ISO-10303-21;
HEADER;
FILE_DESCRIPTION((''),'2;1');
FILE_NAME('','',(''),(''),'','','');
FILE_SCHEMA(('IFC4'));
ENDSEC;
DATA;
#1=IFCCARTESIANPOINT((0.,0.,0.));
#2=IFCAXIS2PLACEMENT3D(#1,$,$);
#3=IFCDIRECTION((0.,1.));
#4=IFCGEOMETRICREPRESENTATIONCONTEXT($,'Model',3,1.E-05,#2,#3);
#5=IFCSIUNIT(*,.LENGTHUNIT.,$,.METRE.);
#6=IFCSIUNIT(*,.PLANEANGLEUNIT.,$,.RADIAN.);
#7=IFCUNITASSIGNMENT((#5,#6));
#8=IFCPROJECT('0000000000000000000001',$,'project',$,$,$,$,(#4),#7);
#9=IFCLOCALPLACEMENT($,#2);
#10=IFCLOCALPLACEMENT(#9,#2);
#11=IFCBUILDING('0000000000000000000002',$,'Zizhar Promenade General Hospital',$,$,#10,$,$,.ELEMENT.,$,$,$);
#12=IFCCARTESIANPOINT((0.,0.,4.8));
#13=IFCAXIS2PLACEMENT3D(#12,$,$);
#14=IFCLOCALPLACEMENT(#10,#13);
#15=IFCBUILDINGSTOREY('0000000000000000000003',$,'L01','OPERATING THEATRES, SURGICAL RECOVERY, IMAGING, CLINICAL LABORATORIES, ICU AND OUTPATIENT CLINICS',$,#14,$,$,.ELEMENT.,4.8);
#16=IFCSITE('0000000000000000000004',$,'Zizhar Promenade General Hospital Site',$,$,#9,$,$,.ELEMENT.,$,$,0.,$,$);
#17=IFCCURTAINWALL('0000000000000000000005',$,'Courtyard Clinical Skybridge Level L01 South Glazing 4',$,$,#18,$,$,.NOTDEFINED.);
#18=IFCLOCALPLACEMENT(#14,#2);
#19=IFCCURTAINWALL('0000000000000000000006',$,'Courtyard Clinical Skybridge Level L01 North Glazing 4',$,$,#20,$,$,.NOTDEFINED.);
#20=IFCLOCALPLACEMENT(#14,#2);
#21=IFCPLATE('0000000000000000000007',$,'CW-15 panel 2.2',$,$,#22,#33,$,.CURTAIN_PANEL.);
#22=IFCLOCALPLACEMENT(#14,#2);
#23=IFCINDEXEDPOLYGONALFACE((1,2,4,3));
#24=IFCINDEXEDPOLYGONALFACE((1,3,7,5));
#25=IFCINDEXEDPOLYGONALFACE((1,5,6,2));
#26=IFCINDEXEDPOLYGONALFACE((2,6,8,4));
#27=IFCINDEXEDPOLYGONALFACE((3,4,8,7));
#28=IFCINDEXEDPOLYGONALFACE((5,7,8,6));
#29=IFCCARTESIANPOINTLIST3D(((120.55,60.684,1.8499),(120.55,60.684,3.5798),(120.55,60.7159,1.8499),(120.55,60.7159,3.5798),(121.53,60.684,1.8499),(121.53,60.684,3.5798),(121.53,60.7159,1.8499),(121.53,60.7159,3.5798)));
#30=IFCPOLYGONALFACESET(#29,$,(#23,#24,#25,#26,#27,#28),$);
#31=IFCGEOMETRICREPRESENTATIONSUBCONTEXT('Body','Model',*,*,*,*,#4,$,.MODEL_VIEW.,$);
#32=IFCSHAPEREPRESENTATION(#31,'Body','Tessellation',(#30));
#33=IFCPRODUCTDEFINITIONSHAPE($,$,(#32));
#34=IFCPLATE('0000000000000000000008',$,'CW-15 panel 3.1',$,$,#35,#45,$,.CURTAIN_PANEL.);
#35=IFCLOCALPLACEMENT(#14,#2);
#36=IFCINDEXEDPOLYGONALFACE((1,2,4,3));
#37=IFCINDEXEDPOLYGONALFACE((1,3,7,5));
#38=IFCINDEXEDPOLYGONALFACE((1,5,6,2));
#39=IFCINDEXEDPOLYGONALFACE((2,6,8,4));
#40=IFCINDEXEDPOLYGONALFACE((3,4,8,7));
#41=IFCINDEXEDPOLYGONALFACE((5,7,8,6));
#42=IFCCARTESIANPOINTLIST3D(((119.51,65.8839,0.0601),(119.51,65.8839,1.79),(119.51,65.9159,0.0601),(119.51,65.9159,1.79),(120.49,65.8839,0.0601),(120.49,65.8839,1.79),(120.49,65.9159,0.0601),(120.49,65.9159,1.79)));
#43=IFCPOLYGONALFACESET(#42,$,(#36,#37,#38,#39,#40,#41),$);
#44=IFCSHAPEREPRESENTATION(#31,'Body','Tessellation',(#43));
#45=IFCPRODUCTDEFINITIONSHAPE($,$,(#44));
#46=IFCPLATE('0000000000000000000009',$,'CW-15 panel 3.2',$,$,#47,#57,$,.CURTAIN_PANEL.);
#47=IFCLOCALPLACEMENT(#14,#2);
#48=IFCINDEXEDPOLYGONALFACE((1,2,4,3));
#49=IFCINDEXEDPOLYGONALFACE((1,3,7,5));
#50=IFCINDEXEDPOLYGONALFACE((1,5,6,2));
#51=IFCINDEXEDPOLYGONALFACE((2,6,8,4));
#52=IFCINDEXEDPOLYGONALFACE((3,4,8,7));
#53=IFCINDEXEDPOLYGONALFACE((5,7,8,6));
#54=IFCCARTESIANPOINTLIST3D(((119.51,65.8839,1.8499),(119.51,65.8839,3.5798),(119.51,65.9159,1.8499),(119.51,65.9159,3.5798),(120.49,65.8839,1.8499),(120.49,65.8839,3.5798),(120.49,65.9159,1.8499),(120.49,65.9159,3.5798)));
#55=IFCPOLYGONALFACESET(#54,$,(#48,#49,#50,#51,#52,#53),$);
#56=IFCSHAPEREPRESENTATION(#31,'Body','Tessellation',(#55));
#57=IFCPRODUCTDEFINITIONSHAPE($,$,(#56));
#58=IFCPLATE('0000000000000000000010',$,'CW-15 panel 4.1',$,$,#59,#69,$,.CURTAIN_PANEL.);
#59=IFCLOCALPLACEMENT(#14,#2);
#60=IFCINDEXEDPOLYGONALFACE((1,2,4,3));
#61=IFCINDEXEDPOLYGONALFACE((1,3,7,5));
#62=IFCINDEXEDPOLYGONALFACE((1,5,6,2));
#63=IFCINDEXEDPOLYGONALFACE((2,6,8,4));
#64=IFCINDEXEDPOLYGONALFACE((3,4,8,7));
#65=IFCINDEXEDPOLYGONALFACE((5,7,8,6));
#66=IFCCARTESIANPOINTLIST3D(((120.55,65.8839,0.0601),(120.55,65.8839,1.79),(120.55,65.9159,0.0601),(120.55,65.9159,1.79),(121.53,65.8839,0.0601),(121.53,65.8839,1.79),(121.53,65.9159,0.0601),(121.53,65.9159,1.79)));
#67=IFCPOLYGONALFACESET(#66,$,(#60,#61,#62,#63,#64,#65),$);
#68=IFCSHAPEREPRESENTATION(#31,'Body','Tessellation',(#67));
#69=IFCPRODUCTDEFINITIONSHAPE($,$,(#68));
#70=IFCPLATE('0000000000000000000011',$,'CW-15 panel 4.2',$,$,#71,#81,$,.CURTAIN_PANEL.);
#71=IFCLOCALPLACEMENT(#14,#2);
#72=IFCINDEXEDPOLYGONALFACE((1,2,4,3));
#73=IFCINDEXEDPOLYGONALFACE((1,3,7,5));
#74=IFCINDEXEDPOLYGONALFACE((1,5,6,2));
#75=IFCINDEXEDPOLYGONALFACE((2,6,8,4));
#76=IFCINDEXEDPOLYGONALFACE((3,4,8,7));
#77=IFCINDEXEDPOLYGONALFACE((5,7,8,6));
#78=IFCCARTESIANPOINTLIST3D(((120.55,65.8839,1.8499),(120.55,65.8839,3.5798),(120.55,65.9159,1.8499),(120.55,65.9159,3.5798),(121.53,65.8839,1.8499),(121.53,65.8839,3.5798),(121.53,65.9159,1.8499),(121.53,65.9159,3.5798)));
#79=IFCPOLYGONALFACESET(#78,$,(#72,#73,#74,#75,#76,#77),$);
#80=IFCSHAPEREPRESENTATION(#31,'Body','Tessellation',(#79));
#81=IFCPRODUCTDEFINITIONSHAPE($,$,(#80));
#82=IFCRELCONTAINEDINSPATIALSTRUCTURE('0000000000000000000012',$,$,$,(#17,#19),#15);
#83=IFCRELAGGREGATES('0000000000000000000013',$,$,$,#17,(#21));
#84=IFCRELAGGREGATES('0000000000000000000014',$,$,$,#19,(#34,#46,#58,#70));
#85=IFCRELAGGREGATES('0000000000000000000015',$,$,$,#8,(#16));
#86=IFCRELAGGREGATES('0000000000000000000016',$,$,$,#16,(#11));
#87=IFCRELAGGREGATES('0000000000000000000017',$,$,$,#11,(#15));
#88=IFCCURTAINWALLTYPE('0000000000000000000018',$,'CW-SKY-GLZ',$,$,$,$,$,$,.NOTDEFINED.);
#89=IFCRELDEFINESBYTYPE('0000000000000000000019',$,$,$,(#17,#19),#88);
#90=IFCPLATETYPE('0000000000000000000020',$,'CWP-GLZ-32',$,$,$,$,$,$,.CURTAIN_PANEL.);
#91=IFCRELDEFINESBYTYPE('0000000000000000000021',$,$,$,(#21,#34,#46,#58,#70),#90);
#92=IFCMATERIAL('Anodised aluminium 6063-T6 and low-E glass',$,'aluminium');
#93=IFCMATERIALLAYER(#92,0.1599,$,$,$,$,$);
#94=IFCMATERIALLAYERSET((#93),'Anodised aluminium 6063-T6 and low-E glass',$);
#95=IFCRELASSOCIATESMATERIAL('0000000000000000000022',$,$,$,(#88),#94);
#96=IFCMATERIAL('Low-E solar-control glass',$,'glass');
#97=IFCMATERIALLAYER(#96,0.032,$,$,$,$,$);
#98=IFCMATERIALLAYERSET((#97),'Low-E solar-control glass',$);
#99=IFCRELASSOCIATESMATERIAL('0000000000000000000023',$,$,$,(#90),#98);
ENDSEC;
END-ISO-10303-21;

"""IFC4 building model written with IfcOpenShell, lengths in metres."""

from ifc_helpers import new_model, si_unit, direction, frame, origin, origin_2d, place, context, subcontext, project, spatial, rectangle, extrude, material, layer, layer_set, type_object, element, aggregate, save


model = new_model("IFC4")

# Units and contexts
model_context = context("Model", 3, precision=1e-05, world=origin(), true_north=direction((0.0, 1.0)))
body_context = subcontext(model_context, "Body", "Model", "MODEL_VIEW")
ifc_project = project(units=[si_unit("LENGTHUNIT", "METRE"), si_unit("PLANEANGLEUNIT", "RADIAN")], contexts=[model_context])

# Site, building, storey
site_placement = place(None, origin())
site = spatial("IfcSite", under=ifc_project, at=site_placement, Name="Zizhar Promenade General Hospital Site", CompositionType="ELEMENT", RefElevation=0.0)
building_placement = place(site_placement, origin())
building = spatial("IfcBuilding", under=site, at=building_placement, Name="Zizhar Promenade General Hospital", CompositionType="ELEMENT")
storey_placement = place(building_placement, frame((0.0, 0.0, 4.8)))
storey = spatial("IfcBuildingStorey", under=building, at=storey_placement, Name="L01", Description="OPERATING THEATRES, SURGICAL RECOVERY, IMAGING, CLINICAL LABORATORIES, ICU AND OUTPATIENT CLINICS", CompositionType="ELEMENT", Elevation=4.8)

# Curtain walls
ifc_material_1 = material(Name="Anodised aluminium 6063-T6 and low-E glass", Category="aluminium")
ifc_layer_1 = layer(ifc_material_1, 0.1599)
ifc_layer_set_1 = layer_set([ifc_layer_1], Name="Anodised aluminium 6063-T6 and low-E glass")
curtain_wall_type = type_object("IfcCurtainWallType", Name="CW-SKY-GLZ", PredefinedType="NOTDEFINED", material=ifc_layer_set_1)
curtain_wall_1_placement = place(storey_placement, origin())
curtain_wall_1 = element("IfcCurtainWall", 1, at=curtain_wall_1_placement, inside=storey, type_object=curtain_wall_type, Name="Courtyard Clinical Skybridge Level L01 South Glazing 4", PredefinedType="NOTDEFINED")
curtain_wall_2_placement = place(storey_placement, origin())
curtain_wall_2 = element("IfcCurtainWall", 2, at=curtain_wall_2_placement, inside=storey, type_object=curtain_wall_type, Name="Courtyard Clinical Skybridge Level L01 North Glazing 4", PredefinedType="NOTDEFINED")

# Plates
ifc_material_2 = material(Name="Low-E solar-control glass", Category="glass")
ifc_layer_2 = layer(ifc_material_2, 0.032)
ifc_layer_set_2 = layer_set([ifc_layer_2], Name="Low-E solar-control glass")
plate_type = type_object("IfcPlateType", Name="CWP-GLZ-32", PredefinedType="CURTAIN_PANEL", material=ifc_layer_set_2)
plate_1_placement = place(storey_placement, frame((121.04, 60.7, 1.8499), z_axis=(0.0, 0.0, 1.0), x_axis=(-1.0, 0.0, 0.0)))
plate_1 = element("IfcPlate", 3, at=plate_1_placement, type_object=plate_type, Name="CW-15 panel 2.2", PredefinedType="CURTAIN_PANEL", context=body_context, shape_type="SweptSolid", body=[
    extrude(rectangle(XDim=0.98, YDim=0.032, at=origin_2d()), origin(), (0.0, 0.0, 1.0), 1.73),
])
aggregate(curtain_wall_1, [plate_1])
plate_2_placement = place(storey_placement, frame((120.0, 65.8999, 0.0601), z_axis=(0.0, 0.0, 1.0), x_axis=(1.0, 0.0, 0.0)))
plate_2 = element("IfcPlate", 4, at=plate_2_placement, type_object=plate_type, Name="CW-15 panel 3.1", PredefinedType="CURTAIN_PANEL", context=body_context, shape_type="SweptSolid", body=[
    extrude(rectangle(XDim=0.98, YDim=0.032, at=origin_2d()), origin(), (0.0, 0.0, 1.0), 1.73),
])
plate_3_placement = place(storey_placement, frame((120.0, 65.8999, 1.8499), z_axis=(0.0, 0.0, 1.0), x_axis=(1.0, 0.0, 0.0)))
plate_3 = element("IfcPlate", 5, at=plate_3_placement, type_object=plate_type, Name="CW-15 panel 3.2", PredefinedType="CURTAIN_PANEL", context=body_context, shape_type="SweptSolid", body=[
    extrude(rectangle(XDim=0.98, YDim=0.032, at=origin_2d()), origin(), (0.0, 0.0, 1.0), 1.73),
])
plate_4_placement = place(storey_placement, frame((121.04, 65.8999, 0.0601), z_axis=(0.0, 0.0, 1.0), x_axis=(1.0, 0.0, 0.0)))
plate_4 = element("IfcPlate", 6, at=plate_4_placement, type_object=plate_type, Name="CW-15 panel 4.1", PredefinedType="CURTAIN_PANEL", context=body_context, shape_type="SweptSolid", body=[
    extrude(rectangle(XDim=0.98, YDim=0.032, at=origin_2d()), origin(), (0.0, 0.0, 1.0), 1.73),
])
plate_5_placement = place(storey_placement, frame((121.04, 65.8999, 1.8499), z_axis=(0.0, 0.0, 1.0), x_axis=(1.0, 0.0, 0.0)))
plate_5 = element("IfcPlate", 7, at=plate_5_placement, type_object=plate_type, Name="CW-15 panel 4.2", PredefinedType="CURTAIN_PANEL", context=body_context, shape_type="SweptSolid", body=[
    extrude(rectangle(XDim=0.98, YDim=0.032, at=origin_2d()), origin(), (0.0, 0.0, 1.0), 1.73),
])
aggregate(curtain_wall_2, [plate_2, plate_3, plate_4, plate_5])

save(model, "model.ifc")
